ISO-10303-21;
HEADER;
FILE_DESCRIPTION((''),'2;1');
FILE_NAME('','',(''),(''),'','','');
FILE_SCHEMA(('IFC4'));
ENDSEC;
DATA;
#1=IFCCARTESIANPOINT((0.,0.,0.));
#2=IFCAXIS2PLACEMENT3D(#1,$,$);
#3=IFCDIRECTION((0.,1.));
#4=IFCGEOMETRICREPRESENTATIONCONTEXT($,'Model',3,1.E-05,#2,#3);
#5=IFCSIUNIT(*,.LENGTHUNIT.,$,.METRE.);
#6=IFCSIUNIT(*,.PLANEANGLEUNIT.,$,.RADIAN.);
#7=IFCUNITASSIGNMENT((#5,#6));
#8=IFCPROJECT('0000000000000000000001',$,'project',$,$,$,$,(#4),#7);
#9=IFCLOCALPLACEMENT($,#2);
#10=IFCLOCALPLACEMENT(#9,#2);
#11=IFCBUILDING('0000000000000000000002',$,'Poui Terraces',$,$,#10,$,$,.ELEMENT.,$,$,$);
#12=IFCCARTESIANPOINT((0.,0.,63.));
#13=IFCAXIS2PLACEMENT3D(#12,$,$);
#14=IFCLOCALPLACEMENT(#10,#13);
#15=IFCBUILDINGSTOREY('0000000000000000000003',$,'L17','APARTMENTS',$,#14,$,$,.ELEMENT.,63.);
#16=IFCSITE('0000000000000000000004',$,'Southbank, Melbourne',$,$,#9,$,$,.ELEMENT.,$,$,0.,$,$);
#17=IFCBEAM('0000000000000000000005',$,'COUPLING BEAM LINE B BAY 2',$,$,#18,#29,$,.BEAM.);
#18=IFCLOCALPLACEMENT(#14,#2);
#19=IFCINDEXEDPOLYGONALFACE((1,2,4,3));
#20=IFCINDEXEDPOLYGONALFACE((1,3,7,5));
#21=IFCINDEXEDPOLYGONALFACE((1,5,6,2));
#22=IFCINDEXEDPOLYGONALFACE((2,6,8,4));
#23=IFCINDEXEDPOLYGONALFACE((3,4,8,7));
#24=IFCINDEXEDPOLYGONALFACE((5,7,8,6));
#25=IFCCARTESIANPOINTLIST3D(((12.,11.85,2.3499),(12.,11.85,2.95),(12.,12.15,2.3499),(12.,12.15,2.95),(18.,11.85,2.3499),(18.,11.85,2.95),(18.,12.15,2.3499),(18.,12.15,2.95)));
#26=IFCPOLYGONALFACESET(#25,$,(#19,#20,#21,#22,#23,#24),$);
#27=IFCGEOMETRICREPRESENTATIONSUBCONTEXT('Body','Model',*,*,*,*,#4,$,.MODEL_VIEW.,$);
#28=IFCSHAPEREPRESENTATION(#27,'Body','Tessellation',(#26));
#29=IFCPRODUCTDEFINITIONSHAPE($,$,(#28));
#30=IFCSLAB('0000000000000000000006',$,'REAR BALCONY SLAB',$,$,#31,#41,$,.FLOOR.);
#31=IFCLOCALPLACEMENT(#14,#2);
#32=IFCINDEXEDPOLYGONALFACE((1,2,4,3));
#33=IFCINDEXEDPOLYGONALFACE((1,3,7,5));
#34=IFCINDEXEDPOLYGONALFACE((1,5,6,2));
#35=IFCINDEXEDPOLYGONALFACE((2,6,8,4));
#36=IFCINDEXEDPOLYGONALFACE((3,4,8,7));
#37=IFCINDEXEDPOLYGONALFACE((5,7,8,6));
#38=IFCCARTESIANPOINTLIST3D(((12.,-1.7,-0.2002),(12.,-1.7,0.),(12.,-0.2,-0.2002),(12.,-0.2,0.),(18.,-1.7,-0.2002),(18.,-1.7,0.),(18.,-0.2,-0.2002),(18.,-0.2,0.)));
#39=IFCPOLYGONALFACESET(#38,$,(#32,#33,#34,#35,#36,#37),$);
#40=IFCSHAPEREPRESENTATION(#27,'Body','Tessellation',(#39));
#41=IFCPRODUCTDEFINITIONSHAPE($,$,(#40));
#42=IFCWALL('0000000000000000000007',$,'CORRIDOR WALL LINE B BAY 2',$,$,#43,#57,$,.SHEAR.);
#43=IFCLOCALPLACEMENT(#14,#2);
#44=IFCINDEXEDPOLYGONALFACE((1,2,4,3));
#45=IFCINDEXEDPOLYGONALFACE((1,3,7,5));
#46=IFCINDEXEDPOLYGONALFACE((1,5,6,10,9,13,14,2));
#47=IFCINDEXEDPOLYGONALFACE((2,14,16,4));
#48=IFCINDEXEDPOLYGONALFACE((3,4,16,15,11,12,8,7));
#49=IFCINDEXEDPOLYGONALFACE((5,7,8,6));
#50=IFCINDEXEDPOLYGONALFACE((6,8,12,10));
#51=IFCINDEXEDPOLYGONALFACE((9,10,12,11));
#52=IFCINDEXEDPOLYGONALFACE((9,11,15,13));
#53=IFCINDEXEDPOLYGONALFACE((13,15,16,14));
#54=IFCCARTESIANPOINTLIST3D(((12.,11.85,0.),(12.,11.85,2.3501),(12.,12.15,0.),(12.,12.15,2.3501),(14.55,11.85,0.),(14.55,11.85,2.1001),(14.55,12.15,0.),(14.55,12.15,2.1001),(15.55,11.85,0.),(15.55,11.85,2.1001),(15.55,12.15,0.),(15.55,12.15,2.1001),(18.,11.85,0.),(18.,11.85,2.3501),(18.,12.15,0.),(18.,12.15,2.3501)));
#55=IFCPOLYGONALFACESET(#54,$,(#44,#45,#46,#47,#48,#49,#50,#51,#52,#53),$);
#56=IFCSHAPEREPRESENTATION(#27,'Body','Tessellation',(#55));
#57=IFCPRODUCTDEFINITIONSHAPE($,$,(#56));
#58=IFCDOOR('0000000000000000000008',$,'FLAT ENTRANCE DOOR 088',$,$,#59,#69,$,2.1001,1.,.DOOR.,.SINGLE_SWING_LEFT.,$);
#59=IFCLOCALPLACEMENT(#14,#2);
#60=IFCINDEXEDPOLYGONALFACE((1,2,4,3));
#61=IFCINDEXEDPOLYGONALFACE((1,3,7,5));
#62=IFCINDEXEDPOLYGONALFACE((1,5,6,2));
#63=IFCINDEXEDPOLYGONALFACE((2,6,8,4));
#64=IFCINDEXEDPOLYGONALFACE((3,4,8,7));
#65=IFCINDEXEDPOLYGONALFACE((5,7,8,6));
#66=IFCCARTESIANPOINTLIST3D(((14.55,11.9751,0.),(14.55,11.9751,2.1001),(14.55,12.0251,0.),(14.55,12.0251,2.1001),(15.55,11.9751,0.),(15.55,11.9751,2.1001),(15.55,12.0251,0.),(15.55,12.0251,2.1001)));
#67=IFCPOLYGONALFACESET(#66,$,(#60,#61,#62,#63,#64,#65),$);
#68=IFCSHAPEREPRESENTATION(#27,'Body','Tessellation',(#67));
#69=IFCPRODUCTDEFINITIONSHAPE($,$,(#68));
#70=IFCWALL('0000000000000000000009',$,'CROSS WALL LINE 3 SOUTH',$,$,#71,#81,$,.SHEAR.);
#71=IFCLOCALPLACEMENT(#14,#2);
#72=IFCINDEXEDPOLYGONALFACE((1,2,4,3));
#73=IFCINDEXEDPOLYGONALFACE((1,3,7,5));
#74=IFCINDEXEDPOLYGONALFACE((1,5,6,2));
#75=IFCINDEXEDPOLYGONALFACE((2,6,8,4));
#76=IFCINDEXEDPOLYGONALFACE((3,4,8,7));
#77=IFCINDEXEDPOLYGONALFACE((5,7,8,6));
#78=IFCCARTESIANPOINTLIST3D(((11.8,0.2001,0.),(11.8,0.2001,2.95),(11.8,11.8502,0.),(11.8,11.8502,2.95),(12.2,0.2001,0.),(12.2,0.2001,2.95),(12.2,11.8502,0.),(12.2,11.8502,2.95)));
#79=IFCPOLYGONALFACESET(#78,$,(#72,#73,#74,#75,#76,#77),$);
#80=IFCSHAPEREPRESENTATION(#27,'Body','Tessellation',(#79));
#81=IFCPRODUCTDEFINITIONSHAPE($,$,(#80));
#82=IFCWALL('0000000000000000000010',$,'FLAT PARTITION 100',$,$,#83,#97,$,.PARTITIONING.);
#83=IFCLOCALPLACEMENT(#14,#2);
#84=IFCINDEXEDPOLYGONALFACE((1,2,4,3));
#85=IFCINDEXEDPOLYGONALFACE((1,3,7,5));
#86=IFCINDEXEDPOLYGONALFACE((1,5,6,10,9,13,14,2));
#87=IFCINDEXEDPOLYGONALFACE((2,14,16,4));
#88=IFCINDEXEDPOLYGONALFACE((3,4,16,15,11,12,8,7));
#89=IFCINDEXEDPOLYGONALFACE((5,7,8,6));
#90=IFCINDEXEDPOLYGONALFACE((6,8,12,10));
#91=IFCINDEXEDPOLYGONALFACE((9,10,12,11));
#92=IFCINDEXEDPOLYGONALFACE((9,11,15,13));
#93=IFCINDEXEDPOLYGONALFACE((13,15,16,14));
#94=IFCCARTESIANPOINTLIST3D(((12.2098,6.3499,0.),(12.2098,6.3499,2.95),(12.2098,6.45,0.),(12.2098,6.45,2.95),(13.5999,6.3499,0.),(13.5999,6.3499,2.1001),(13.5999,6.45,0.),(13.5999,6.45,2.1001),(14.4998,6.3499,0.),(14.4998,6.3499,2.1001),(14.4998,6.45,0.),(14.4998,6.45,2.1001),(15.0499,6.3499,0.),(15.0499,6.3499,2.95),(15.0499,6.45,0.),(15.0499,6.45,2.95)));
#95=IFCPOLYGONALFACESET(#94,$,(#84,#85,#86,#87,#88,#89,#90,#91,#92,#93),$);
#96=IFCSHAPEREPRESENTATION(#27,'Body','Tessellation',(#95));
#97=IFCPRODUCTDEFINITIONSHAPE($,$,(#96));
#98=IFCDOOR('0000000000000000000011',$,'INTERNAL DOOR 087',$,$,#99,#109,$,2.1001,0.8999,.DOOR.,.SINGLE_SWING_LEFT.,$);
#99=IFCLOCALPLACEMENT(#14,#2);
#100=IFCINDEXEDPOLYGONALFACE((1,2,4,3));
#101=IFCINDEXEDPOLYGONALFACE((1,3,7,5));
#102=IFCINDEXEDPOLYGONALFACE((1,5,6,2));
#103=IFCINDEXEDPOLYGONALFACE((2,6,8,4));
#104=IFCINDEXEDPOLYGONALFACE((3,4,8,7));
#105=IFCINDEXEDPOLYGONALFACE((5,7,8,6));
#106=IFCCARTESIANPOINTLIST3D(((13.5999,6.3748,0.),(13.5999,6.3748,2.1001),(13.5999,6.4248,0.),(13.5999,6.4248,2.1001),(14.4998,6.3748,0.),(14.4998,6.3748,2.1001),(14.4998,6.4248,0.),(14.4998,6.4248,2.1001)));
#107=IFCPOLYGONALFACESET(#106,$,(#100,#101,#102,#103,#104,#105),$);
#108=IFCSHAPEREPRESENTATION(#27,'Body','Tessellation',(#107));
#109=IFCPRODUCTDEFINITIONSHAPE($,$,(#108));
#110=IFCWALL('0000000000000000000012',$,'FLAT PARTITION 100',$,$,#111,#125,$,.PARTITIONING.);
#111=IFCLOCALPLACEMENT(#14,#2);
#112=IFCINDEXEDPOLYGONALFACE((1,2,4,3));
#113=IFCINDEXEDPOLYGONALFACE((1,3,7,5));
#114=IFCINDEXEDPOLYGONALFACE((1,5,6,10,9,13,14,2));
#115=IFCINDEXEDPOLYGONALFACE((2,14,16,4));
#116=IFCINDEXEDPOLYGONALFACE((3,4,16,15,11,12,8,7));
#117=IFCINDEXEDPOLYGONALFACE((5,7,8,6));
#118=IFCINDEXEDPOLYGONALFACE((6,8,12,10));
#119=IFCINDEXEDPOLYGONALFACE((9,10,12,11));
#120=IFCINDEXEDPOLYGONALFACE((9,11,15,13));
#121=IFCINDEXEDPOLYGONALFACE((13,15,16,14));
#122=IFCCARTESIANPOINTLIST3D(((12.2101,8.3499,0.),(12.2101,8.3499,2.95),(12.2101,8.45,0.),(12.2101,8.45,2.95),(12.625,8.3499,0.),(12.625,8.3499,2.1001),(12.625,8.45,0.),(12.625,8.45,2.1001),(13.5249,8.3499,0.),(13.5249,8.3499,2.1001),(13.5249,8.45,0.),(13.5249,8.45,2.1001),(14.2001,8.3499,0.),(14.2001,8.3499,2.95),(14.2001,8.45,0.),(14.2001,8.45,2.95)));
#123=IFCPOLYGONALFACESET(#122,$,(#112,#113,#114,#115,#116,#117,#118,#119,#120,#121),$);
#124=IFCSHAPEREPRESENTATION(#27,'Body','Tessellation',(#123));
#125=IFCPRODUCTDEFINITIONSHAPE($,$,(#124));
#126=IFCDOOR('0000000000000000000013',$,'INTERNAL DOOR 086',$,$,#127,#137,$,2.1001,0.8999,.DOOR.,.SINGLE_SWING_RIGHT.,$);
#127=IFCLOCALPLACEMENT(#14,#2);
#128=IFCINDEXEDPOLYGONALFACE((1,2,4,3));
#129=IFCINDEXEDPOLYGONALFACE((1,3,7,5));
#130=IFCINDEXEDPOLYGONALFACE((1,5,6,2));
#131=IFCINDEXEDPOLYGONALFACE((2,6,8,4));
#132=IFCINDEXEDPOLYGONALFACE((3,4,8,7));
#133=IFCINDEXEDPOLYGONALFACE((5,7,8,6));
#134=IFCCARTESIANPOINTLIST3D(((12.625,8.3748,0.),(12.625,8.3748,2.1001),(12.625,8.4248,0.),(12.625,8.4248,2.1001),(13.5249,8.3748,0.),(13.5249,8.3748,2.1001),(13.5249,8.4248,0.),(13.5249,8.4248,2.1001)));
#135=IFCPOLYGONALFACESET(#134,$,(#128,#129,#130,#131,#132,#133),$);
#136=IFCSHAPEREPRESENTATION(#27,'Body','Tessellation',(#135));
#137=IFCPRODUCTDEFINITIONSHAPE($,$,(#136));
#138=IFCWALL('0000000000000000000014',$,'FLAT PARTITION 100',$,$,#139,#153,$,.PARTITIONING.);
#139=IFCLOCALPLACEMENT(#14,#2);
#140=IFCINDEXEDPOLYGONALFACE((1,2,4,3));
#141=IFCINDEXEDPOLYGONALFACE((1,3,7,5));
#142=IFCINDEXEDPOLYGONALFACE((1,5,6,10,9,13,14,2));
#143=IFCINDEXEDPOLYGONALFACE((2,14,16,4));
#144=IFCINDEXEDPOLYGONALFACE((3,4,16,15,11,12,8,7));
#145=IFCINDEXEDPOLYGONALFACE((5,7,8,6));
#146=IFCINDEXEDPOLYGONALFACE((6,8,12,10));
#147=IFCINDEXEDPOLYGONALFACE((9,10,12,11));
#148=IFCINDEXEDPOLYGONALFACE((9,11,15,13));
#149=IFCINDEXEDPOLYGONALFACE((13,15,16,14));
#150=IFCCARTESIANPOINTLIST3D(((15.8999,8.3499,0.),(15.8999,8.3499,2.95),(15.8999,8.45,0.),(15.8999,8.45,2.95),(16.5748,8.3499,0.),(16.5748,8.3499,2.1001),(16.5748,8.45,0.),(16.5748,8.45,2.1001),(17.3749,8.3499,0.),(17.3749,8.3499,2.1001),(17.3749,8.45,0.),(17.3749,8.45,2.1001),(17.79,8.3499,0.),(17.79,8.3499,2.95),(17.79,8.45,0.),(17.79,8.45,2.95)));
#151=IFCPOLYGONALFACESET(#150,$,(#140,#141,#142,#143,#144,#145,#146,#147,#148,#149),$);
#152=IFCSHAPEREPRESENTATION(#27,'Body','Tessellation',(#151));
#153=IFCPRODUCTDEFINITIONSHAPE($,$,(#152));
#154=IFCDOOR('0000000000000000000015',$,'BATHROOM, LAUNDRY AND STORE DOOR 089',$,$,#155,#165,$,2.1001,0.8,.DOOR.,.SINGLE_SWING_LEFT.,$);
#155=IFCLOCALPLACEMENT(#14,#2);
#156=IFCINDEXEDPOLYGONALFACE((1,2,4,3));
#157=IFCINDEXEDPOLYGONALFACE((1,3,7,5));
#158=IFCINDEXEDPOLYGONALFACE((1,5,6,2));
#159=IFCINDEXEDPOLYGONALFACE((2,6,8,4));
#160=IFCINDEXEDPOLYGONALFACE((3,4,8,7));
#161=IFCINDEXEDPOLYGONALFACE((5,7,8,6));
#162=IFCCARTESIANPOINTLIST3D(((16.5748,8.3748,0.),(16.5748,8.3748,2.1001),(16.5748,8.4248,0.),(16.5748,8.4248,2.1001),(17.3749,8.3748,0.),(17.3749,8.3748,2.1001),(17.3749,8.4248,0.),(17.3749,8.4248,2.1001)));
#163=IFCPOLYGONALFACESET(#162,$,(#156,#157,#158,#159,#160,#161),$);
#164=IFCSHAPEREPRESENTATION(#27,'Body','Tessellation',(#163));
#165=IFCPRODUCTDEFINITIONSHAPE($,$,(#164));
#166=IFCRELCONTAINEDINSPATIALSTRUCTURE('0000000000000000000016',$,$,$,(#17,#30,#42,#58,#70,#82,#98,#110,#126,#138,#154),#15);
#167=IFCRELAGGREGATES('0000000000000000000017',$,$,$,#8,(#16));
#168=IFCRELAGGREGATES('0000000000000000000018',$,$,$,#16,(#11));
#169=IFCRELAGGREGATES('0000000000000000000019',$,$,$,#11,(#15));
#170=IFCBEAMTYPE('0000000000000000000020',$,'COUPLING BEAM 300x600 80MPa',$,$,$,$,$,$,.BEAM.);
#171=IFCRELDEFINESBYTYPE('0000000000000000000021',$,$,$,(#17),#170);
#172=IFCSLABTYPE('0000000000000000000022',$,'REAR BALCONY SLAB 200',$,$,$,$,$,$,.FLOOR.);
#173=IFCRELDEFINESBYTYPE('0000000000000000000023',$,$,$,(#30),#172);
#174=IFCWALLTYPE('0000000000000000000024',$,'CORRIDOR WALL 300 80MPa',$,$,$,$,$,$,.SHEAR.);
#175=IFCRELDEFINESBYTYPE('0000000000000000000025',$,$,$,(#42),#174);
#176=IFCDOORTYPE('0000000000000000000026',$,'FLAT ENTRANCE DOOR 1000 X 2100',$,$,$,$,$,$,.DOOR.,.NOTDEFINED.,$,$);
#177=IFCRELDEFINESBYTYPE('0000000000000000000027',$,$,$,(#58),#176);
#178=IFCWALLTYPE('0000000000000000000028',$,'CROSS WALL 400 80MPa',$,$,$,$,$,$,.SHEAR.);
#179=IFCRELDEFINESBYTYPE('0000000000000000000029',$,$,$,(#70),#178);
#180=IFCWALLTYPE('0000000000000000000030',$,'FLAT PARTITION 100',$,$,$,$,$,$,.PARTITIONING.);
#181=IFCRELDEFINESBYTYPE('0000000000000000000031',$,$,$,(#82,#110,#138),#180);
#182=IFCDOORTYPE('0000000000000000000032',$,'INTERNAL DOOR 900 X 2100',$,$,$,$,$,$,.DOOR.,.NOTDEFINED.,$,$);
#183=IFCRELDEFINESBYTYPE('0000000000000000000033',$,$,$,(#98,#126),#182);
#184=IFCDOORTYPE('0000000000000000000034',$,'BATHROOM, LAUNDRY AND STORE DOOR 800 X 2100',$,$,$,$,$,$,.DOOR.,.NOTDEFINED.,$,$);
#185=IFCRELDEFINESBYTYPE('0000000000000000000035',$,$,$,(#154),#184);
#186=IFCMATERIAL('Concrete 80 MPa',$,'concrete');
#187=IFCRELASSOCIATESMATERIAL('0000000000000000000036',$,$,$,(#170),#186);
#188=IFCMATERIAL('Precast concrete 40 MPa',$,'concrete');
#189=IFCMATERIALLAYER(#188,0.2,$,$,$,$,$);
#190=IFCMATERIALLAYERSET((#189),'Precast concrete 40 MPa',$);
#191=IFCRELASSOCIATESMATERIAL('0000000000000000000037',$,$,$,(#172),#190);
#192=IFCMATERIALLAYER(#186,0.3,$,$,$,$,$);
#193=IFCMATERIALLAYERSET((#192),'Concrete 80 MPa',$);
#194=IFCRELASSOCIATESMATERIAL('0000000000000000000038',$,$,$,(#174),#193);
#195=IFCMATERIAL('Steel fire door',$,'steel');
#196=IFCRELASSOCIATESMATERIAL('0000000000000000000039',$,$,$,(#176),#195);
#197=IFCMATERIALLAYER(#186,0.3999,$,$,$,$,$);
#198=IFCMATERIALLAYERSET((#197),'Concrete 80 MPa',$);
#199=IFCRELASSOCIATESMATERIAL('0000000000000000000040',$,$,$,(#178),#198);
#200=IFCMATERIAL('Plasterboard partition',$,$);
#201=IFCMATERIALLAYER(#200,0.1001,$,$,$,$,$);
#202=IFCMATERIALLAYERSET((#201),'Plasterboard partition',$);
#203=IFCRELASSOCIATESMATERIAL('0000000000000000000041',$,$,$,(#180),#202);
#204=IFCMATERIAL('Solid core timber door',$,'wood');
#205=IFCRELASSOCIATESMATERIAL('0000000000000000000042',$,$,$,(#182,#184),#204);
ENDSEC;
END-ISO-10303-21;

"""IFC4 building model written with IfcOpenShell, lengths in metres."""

from ifc_helpers import new_model, si_unit, direction, frame, frame_2d, origin, origin_2d, place, context, subcontext, project, spatial, polyline, rectangle, outline, extrude, source, transform, mapped, material, layer, layer_set, material_profile, profile_set, type_object, element, fill, save


model = new_model("IFC4")

# Units and contexts
model_context = context("Model", 3, precision=1e-05, world=origin(), true_north=direction((0.0, 1.0)))
body_context = subcontext(model_context, "Body", "Model", "MODEL_VIEW")
ifc_project = project(units=[si_unit("LENGTHUNIT", "METRE"), si_unit("PLANEANGLEUNIT", "RADIAN")], contexts=[model_context])

# Site, building, storey
site_placement = place(None, origin())
site = spatial("IfcSite", under=ifc_project, at=site_placement, Name="Southbank, Melbourne", CompositionType="ELEMENT", RefElevation=0.0)
building_placement = place(site_placement, origin())
building = spatial("IfcBuilding", under=site, at=building_placement, Name="Poui Terraces", CompositionType="ELEMENT")
storey_placement = place(building_placement, frame((0.0, 0.0, 63.0)))
storey = spatial("IfcBuildingStorey", under=building, at=storey_placement, Name="L17", Description="APARTMENTS", CompositionType="ELEMENT", Elevation=63.0)

# Beam
ifc_material_1 = material(Name="Concrete 80 MPa", Category="concrete")
ifc_material_profile_1 = material_profile(ifc_material_1, rectangle(XDim=0.3, YDim=0.6001, at=origin_2d()), Name="RC 300x600")
ifc_profile_set_1 = profile_set([ifc_material_profile_1], Name="Concrete 80 MPa")
beam_type = type_object("IfcBeamType", Name="COUPLING BEAM 300x600 80MPa", PredefinedType="BEAM", material=ifc_profile_set_1)
shared_shape_1 = source(origin(), body_context, "Body", "SweptSolid", [
    extrude(rectangle(XDim=0.3, YDim=0.6001, at=origin_2d()), origin(), (0.0, 0.0, 1.0), 6.0),
])
beam_placement = place(storey_placement, frame((12.0, 12.0, 2.6499), z_axis=(1.0, 0.0, 0.0), x_axis=(0.0, 1.0, 0.0)))
element("IfcBeam", 1, at=beam_placement, inside=storey, type_object=beam_type, Name="COUPLING BEAM LINE B BAY 2", PredefinedType="BEAM", context=body_context, shape_type="MappedRepresentation", body=[
    mapped(shared_shape_1, transform((0.0, 0.0, 0.0))),
])

# Slab
ifc_material_2 = material(Name="Precast concrete 40 MPa", Category="concrete")
ifc_layer_1 = layer(ifc_material_2, 0.2)
ifc_layer_set_1 = layer_set([ifc_layer_1], Name="Precast concrete 40 MPa")
slab_type = type_object("IfcSlabType", Name="REAR BALCONY SLAB 200", PredefinedType="FLOOR", material=ifc_layer_set_1)
shared_shape_2 = source(origin(), body_context, "Body", "SweptSolid", [
    extrude(outline(polyline([(0.0, 0.0), (6.0, 0.0), (6.0, 1.5), (0.0, 1.5), (0.0, 0.0)])), origin(), (0.0, 0.0, 1.0), 0.2002),
])
slab_placement = place(storey_placement, frame((12.0, -1.7, -0.2002)))
element("IfcSlab", 2, at=slab_placement, inside=storey, type_object=slab_type, Name="REAR BALCONY SLAB", PredefinedType="FLOOR", context=body_context, shape_type="MappedRepresentation", body=[
    mapped(shared_shape_2, transform((0.0, 0.0, 0.0))),
])

# Wall, opening, door
ifc_layer_2 = layer(ifc_material_1, 0.3)
ifc_layer_set_2 = layer_set([ifc_layer_2], Name="Concrete 80 MPa")
wall_type_1 = type_object("IfcWallType", Name="CORRIDOR WALL 300 80MPa", PredefinedType="SHEAR", material=ifc_layer_set_2)
wall_1_placement = place(storey_placement, frame((12.0, 12.0, 0.0), z_axis=(0.0, 0.0, 1.0), x_axis=(1.0, 0.0, 0.0)))
wall_1 = element("IfcWall", 3, at=wall_1_placement, inside=storey, type_object=wall_type_1, Name="CORRIDOR WALL LINE B BAY 2", PredefinedType="SHEAR", context=body_context, shape_type="SweptSolid", body=[
    extrude(rectangle(XDim=6.0, YDim=0.3, at=frame_2d((3.0, 0.0))), origin(), (0.0, 0.0, 1.0), 2.3501),
])
opening_1_placement = place(wall_1_placement, frame((2.55, 0.0, 0.0)))
opening_1 = element("IfcOpeningElement", 4, at=opening_1_placement, cuts=wall_1, PredefinedType="OPENING", context=body_context, shape_type="SweptSolid", body=[
    extrude(rectangle(XDim=1.0, YDim=2.1001, at=frame_2d((0.5, 1.05))), frame((0.0, 0.1602, 0.0), z_axis=(0.0, -1.0, 0.0), x_axis=(1.0, 0.0, 0.0)), (0.0, 0.0, 1.0), 0.3201),
])
ifc_material_3 = material(Name="Steel fire door", Category="steel")
door_type_1 = type_object("IfcDoorType", Name="FLAT ENTRANCE DOOR 1000 X 2100", OperationType="NOTDEFINED", PredefinedType="DOOR", material=ifc_material_3)
door_1_placement = place(opening_1_placement, frame((1.0, 0.0, 0.0), z_axis=(0.0, 0.0, 1.0), x_axis=(-1.0, 0.0, 0.0)))
door_1 = element("IfcDoor", 5, at=door_1_placement, inside=storey, type_object=door_type_1, Name="FLAT ENTRANCE DOOR 088", OperationType="SINGLE_SWING_LEFT", OverallHeight=2.1001, OverallWidth=1.0, PredefinedType="DOOR", context=body_context, shape_type="SweptSolid", body=[
    extrude(rectangle(XDim=1.0, YDim=2.1001, at=frame_2d((0.5, 1.05))), frame((0.0, 0.0249, 0.0), z_axis=(0.0, -1.0, 0.0), x_axis=(1.0, 0.0, 0.0)), (0.0, 0.0, 1.0), 0.05),
])
fill(opening_1, door_1)

# Wall
ifc_layer_3 = layer(ifc_material_1, 0.3999)
ifc_layer_set_3 = layer_set([ifc_layer_3], Name="Concrete 80 MPa")
wall_type_2 = type_object("IfcWallType", Name="CROSS WALL 400 80MPa", PredefinedType="SHEAR", material=ifc_layer_set_3)
wall_2_placement = place(storey_placement, frame((12.0, 0.2, 0.0), z_axis=(0.0, 0.0, 1.0), x_axis=(0.0, 1.0, 0.0)))
element("IfcWall", 6, at=wall_2_placement, inside=storey, type_object=wall_type_2, Name="CROSS WALL LINE 3 SOUTH", PredefinedType="SHEAR", context=body_context, shape_type="SweptSolid", body=[
    extrude(rectangle(XDim=11.6501, YDim=0.3999, at=frame_2d((5.8252, 0.0))), origin(), (0.0, 0.0, 1.0), 2.95),
])

# Walls, openings, doors
ifc_material_4 = material(Name="Plasterboard partition")
ifc_layer_4 = layer(ifc_material_4, 0.1001)
ifc_layer_set_4 = layer_set([ifc_layer_4], Name="Plasterboard partition")
wall_type_3 = type_object("IfcWallType", Name="FLAT PARTITION 100", PredefinedType="PARTITIONING", material=ifc_layer_set_4)
wall_3_placement = place(storey_placement, frame((12.21, 6.3999, 0.0), z_axis=(0.0, 0.0, 1.0), x_axis=(1.0, 0.0, 0.0)))
wall_3 = element("IfcWall", 7, at=wall_3_placement, inside=storey, type_object=wall_type_3, Name="FLAT PARTITION 100", PredefinedType="PARTITIONING", context=body_context, shape_type="SweptSolid", body=[
    extrude(rectangle(XDim=2.8401, YDim=0.1001, at=frame_2d((1.4199, 0.0))), origin(), (0.0, 0.0, 1.0), 2.95),
])
opening_2_placement = place(wall_3_placement, frame((1.3899, 0.0, 0.0)))
opening_2 = element("IfcOpeningElement", 8, at=opening_2_placement, cuts=wall_3, PredefinedType="OPENING", context=body_context, shape_type="SweptSolid", body=[
    extrude(rectangle(XDim=0.8999, YDim=2.1001, at=frame_2d((0.45, 1.05))), frame((0.0, 0.0601, 0.0), z_axis=(0.0, -1.0, 0.0), x_axis=(1.0, 0.0, 0.0)), (0.0, 0.0, 1.0), 0.1201),
])
ifc_material_5 = material(Name="Solid core timber door", Category="wood")
door_type_2 = type_object("IfcDoorType", Name="INTERNAL DOOR 900 X 2100", OperationType="NOTDEFINED", PredefinedType="DOOR", material=ifc_material_5)
door_2_placement = place(opening_2_placement, origin())
door_2 = element("IfcDoor", 9, at=door_2_placement, inside=storey, type_object=door_type_2, Name="INTERNAL DOOR 087", OperationType="SINGLE_SWING_LEFT", OverallHeight=2.1001, OverallWidth=0.8999, PredefinedType="DOOR", context=body_context, shape_type="SweptSolid", body=[
    extrude(rectangle(XDim=0.8999, YDim=2.1001, at=frame_2d((0.45, 1.05))), frame((0.0, 0.0249, 0.0), z_axis=(0.0, -1.0, 0.0), x_axis=(1.0, 0.0, 0.0)), (0.0, 0.0, 1.0), 0.05),
])
fill(opening_2, door_2)
wall_4_placement = place(storey_placement, frame((12.21, 8.3999, 0.0), z_axis=(0.0, 0.0, 1.0), x_axis=(1.0, 0.0, 0.0)))
wall_4 = element("IfcWall", 10, at=wall_4_placement, inside=storey, type_object=wall_type_3, Name="FLAT PARTITION 100", PredefinedType="PARTITIONING", context=body_context, shape_type="SweptSolid", body=[
    extrude(rectangle(XDim=1.99, YDim=0.1001, at=frame_2d((0.9951, 0.0))), origin(), (0.0, 0.0, 1.0), 2.95),
])
opening_3_placement = place(wall_4_placement, frame((0.415, 0.0, 0.0)))
opening_3 = element("IfcOpeningElement", 11, at=opening_3_placement, cuts=wall_4, PredefinedType="OPENING", context=body_context, shape_type="SweptSolid", body=[
    extrude(rectangle(XDim=0.8999, YDim=2.1001, at=frame_2d((0.45, 1.05))), frame((0.0, 0.0601, 0.0), z_axis=(0.0, -1.0, 0.0), x_axis=(1.0, 0.0, 0.0)), (0.0, 0.0, 1.0), 0.1201),
])
door_3_placement = place(opening_3_placement, origin())
door_3 = element("IfcDoor", 12, at=door_3_placement, inside=storey, type_object=door_type_2, Name="INTERNAL DOOR 086", OperationType="SINGLE_SWING_RIGHT", OverallHeight=2.1001, OverallWidth=0.8999, PredefinedType="DOOR", context=body_context, shape_type="SweptSolid", body=[
    extrude(rectangle(XDim=0.8999, YDim=2.1001, at=frame_2d((0.45, 1.05))), frame((0.0, 0.0249, 0.0), z_axis=(0.0, -1.0, 0.0), x_axis=(1.0, 0.0, 0.0)), (0.0, 0.0, 1.0), 0.05),
])
fill(opening_3, door_3)
wall_5_placement = place(storey_placement, frame((15.8999, 8.3999, 0.0), z_axis=(0.0, 0.0, 1.0), x_axis=(1.0, 0.0, 0.0)))
wall_5 = element("IfcWall", 13, at=wall_5_placement, inside=storey, type_object=wall_type_3, Name="FLAT PARTITION 100", PredefinedType="PARTITIONING", context=body_context, shape_type="SweptSolid", body=[
    extrude(rectangle(XDim=1.8901, YDim=0.1001, at=frame_2d((0.9451, 0.0))), origin(), (0.0, 0.0, 1.0), 2.95),
])
opening_4_placement = place(wall_5_placement, frame((0.675, 0.0, 0.0)))
opening_4 = element("IfcOpeningElement", 14, at=opening_4_placement, cuts=wall_5, PredefinedType="OPENING", context=body_context, shape_type="SweptSolid", body=[
    extrude(rectangle(XDim=0.8, YDim=2.1001, at=frame_2d((0.3999, 1.05))), frame((0.0, 0.0601, 0.0), z_axis=(0.0, -1.0, 0.0), x_axis=(1.0, 0.0, 0.0)), (0.0, 0.0, 1.0), 0.1201),
])
door_type_3 = type_object("IfcDoorType", Name="BATHROOM, LAUNDRY AND STORE DOOR 800 X 2100", OperationType="NOTDEFINED", PredefinedType="DOOR", material=ifc_material_5)
door_4_placement = place(opening_4_placement, origin())
door_4 = element("IfcDoor", 15, at=door_4_placement, inside=storey, type_object=door_type_3, Name="BATHROOM, LAUNDRY AND STORE DOOR 089", OperationType="SINGLE_SWING_LEFT", OverallHeight=2.1001, OverallWidth=0.8, PredefinedType="DOOR", context=body_context, shape_type="SweptSolid", body=[
    extrude(rectangle(XDim=0.8, YDim=2.1001, at=frame_2d((0.3999, 1.05))), frame((0.0, 0.0249, 0.0), z_axis=(0.0, -1.0, 0.0), x_axis=(1.0, 0.0, 0.0)), (0.0, 0.0, 1.0), 0.05),
])
fill(opening_4, door_4)

save(model, "model.ifc")
